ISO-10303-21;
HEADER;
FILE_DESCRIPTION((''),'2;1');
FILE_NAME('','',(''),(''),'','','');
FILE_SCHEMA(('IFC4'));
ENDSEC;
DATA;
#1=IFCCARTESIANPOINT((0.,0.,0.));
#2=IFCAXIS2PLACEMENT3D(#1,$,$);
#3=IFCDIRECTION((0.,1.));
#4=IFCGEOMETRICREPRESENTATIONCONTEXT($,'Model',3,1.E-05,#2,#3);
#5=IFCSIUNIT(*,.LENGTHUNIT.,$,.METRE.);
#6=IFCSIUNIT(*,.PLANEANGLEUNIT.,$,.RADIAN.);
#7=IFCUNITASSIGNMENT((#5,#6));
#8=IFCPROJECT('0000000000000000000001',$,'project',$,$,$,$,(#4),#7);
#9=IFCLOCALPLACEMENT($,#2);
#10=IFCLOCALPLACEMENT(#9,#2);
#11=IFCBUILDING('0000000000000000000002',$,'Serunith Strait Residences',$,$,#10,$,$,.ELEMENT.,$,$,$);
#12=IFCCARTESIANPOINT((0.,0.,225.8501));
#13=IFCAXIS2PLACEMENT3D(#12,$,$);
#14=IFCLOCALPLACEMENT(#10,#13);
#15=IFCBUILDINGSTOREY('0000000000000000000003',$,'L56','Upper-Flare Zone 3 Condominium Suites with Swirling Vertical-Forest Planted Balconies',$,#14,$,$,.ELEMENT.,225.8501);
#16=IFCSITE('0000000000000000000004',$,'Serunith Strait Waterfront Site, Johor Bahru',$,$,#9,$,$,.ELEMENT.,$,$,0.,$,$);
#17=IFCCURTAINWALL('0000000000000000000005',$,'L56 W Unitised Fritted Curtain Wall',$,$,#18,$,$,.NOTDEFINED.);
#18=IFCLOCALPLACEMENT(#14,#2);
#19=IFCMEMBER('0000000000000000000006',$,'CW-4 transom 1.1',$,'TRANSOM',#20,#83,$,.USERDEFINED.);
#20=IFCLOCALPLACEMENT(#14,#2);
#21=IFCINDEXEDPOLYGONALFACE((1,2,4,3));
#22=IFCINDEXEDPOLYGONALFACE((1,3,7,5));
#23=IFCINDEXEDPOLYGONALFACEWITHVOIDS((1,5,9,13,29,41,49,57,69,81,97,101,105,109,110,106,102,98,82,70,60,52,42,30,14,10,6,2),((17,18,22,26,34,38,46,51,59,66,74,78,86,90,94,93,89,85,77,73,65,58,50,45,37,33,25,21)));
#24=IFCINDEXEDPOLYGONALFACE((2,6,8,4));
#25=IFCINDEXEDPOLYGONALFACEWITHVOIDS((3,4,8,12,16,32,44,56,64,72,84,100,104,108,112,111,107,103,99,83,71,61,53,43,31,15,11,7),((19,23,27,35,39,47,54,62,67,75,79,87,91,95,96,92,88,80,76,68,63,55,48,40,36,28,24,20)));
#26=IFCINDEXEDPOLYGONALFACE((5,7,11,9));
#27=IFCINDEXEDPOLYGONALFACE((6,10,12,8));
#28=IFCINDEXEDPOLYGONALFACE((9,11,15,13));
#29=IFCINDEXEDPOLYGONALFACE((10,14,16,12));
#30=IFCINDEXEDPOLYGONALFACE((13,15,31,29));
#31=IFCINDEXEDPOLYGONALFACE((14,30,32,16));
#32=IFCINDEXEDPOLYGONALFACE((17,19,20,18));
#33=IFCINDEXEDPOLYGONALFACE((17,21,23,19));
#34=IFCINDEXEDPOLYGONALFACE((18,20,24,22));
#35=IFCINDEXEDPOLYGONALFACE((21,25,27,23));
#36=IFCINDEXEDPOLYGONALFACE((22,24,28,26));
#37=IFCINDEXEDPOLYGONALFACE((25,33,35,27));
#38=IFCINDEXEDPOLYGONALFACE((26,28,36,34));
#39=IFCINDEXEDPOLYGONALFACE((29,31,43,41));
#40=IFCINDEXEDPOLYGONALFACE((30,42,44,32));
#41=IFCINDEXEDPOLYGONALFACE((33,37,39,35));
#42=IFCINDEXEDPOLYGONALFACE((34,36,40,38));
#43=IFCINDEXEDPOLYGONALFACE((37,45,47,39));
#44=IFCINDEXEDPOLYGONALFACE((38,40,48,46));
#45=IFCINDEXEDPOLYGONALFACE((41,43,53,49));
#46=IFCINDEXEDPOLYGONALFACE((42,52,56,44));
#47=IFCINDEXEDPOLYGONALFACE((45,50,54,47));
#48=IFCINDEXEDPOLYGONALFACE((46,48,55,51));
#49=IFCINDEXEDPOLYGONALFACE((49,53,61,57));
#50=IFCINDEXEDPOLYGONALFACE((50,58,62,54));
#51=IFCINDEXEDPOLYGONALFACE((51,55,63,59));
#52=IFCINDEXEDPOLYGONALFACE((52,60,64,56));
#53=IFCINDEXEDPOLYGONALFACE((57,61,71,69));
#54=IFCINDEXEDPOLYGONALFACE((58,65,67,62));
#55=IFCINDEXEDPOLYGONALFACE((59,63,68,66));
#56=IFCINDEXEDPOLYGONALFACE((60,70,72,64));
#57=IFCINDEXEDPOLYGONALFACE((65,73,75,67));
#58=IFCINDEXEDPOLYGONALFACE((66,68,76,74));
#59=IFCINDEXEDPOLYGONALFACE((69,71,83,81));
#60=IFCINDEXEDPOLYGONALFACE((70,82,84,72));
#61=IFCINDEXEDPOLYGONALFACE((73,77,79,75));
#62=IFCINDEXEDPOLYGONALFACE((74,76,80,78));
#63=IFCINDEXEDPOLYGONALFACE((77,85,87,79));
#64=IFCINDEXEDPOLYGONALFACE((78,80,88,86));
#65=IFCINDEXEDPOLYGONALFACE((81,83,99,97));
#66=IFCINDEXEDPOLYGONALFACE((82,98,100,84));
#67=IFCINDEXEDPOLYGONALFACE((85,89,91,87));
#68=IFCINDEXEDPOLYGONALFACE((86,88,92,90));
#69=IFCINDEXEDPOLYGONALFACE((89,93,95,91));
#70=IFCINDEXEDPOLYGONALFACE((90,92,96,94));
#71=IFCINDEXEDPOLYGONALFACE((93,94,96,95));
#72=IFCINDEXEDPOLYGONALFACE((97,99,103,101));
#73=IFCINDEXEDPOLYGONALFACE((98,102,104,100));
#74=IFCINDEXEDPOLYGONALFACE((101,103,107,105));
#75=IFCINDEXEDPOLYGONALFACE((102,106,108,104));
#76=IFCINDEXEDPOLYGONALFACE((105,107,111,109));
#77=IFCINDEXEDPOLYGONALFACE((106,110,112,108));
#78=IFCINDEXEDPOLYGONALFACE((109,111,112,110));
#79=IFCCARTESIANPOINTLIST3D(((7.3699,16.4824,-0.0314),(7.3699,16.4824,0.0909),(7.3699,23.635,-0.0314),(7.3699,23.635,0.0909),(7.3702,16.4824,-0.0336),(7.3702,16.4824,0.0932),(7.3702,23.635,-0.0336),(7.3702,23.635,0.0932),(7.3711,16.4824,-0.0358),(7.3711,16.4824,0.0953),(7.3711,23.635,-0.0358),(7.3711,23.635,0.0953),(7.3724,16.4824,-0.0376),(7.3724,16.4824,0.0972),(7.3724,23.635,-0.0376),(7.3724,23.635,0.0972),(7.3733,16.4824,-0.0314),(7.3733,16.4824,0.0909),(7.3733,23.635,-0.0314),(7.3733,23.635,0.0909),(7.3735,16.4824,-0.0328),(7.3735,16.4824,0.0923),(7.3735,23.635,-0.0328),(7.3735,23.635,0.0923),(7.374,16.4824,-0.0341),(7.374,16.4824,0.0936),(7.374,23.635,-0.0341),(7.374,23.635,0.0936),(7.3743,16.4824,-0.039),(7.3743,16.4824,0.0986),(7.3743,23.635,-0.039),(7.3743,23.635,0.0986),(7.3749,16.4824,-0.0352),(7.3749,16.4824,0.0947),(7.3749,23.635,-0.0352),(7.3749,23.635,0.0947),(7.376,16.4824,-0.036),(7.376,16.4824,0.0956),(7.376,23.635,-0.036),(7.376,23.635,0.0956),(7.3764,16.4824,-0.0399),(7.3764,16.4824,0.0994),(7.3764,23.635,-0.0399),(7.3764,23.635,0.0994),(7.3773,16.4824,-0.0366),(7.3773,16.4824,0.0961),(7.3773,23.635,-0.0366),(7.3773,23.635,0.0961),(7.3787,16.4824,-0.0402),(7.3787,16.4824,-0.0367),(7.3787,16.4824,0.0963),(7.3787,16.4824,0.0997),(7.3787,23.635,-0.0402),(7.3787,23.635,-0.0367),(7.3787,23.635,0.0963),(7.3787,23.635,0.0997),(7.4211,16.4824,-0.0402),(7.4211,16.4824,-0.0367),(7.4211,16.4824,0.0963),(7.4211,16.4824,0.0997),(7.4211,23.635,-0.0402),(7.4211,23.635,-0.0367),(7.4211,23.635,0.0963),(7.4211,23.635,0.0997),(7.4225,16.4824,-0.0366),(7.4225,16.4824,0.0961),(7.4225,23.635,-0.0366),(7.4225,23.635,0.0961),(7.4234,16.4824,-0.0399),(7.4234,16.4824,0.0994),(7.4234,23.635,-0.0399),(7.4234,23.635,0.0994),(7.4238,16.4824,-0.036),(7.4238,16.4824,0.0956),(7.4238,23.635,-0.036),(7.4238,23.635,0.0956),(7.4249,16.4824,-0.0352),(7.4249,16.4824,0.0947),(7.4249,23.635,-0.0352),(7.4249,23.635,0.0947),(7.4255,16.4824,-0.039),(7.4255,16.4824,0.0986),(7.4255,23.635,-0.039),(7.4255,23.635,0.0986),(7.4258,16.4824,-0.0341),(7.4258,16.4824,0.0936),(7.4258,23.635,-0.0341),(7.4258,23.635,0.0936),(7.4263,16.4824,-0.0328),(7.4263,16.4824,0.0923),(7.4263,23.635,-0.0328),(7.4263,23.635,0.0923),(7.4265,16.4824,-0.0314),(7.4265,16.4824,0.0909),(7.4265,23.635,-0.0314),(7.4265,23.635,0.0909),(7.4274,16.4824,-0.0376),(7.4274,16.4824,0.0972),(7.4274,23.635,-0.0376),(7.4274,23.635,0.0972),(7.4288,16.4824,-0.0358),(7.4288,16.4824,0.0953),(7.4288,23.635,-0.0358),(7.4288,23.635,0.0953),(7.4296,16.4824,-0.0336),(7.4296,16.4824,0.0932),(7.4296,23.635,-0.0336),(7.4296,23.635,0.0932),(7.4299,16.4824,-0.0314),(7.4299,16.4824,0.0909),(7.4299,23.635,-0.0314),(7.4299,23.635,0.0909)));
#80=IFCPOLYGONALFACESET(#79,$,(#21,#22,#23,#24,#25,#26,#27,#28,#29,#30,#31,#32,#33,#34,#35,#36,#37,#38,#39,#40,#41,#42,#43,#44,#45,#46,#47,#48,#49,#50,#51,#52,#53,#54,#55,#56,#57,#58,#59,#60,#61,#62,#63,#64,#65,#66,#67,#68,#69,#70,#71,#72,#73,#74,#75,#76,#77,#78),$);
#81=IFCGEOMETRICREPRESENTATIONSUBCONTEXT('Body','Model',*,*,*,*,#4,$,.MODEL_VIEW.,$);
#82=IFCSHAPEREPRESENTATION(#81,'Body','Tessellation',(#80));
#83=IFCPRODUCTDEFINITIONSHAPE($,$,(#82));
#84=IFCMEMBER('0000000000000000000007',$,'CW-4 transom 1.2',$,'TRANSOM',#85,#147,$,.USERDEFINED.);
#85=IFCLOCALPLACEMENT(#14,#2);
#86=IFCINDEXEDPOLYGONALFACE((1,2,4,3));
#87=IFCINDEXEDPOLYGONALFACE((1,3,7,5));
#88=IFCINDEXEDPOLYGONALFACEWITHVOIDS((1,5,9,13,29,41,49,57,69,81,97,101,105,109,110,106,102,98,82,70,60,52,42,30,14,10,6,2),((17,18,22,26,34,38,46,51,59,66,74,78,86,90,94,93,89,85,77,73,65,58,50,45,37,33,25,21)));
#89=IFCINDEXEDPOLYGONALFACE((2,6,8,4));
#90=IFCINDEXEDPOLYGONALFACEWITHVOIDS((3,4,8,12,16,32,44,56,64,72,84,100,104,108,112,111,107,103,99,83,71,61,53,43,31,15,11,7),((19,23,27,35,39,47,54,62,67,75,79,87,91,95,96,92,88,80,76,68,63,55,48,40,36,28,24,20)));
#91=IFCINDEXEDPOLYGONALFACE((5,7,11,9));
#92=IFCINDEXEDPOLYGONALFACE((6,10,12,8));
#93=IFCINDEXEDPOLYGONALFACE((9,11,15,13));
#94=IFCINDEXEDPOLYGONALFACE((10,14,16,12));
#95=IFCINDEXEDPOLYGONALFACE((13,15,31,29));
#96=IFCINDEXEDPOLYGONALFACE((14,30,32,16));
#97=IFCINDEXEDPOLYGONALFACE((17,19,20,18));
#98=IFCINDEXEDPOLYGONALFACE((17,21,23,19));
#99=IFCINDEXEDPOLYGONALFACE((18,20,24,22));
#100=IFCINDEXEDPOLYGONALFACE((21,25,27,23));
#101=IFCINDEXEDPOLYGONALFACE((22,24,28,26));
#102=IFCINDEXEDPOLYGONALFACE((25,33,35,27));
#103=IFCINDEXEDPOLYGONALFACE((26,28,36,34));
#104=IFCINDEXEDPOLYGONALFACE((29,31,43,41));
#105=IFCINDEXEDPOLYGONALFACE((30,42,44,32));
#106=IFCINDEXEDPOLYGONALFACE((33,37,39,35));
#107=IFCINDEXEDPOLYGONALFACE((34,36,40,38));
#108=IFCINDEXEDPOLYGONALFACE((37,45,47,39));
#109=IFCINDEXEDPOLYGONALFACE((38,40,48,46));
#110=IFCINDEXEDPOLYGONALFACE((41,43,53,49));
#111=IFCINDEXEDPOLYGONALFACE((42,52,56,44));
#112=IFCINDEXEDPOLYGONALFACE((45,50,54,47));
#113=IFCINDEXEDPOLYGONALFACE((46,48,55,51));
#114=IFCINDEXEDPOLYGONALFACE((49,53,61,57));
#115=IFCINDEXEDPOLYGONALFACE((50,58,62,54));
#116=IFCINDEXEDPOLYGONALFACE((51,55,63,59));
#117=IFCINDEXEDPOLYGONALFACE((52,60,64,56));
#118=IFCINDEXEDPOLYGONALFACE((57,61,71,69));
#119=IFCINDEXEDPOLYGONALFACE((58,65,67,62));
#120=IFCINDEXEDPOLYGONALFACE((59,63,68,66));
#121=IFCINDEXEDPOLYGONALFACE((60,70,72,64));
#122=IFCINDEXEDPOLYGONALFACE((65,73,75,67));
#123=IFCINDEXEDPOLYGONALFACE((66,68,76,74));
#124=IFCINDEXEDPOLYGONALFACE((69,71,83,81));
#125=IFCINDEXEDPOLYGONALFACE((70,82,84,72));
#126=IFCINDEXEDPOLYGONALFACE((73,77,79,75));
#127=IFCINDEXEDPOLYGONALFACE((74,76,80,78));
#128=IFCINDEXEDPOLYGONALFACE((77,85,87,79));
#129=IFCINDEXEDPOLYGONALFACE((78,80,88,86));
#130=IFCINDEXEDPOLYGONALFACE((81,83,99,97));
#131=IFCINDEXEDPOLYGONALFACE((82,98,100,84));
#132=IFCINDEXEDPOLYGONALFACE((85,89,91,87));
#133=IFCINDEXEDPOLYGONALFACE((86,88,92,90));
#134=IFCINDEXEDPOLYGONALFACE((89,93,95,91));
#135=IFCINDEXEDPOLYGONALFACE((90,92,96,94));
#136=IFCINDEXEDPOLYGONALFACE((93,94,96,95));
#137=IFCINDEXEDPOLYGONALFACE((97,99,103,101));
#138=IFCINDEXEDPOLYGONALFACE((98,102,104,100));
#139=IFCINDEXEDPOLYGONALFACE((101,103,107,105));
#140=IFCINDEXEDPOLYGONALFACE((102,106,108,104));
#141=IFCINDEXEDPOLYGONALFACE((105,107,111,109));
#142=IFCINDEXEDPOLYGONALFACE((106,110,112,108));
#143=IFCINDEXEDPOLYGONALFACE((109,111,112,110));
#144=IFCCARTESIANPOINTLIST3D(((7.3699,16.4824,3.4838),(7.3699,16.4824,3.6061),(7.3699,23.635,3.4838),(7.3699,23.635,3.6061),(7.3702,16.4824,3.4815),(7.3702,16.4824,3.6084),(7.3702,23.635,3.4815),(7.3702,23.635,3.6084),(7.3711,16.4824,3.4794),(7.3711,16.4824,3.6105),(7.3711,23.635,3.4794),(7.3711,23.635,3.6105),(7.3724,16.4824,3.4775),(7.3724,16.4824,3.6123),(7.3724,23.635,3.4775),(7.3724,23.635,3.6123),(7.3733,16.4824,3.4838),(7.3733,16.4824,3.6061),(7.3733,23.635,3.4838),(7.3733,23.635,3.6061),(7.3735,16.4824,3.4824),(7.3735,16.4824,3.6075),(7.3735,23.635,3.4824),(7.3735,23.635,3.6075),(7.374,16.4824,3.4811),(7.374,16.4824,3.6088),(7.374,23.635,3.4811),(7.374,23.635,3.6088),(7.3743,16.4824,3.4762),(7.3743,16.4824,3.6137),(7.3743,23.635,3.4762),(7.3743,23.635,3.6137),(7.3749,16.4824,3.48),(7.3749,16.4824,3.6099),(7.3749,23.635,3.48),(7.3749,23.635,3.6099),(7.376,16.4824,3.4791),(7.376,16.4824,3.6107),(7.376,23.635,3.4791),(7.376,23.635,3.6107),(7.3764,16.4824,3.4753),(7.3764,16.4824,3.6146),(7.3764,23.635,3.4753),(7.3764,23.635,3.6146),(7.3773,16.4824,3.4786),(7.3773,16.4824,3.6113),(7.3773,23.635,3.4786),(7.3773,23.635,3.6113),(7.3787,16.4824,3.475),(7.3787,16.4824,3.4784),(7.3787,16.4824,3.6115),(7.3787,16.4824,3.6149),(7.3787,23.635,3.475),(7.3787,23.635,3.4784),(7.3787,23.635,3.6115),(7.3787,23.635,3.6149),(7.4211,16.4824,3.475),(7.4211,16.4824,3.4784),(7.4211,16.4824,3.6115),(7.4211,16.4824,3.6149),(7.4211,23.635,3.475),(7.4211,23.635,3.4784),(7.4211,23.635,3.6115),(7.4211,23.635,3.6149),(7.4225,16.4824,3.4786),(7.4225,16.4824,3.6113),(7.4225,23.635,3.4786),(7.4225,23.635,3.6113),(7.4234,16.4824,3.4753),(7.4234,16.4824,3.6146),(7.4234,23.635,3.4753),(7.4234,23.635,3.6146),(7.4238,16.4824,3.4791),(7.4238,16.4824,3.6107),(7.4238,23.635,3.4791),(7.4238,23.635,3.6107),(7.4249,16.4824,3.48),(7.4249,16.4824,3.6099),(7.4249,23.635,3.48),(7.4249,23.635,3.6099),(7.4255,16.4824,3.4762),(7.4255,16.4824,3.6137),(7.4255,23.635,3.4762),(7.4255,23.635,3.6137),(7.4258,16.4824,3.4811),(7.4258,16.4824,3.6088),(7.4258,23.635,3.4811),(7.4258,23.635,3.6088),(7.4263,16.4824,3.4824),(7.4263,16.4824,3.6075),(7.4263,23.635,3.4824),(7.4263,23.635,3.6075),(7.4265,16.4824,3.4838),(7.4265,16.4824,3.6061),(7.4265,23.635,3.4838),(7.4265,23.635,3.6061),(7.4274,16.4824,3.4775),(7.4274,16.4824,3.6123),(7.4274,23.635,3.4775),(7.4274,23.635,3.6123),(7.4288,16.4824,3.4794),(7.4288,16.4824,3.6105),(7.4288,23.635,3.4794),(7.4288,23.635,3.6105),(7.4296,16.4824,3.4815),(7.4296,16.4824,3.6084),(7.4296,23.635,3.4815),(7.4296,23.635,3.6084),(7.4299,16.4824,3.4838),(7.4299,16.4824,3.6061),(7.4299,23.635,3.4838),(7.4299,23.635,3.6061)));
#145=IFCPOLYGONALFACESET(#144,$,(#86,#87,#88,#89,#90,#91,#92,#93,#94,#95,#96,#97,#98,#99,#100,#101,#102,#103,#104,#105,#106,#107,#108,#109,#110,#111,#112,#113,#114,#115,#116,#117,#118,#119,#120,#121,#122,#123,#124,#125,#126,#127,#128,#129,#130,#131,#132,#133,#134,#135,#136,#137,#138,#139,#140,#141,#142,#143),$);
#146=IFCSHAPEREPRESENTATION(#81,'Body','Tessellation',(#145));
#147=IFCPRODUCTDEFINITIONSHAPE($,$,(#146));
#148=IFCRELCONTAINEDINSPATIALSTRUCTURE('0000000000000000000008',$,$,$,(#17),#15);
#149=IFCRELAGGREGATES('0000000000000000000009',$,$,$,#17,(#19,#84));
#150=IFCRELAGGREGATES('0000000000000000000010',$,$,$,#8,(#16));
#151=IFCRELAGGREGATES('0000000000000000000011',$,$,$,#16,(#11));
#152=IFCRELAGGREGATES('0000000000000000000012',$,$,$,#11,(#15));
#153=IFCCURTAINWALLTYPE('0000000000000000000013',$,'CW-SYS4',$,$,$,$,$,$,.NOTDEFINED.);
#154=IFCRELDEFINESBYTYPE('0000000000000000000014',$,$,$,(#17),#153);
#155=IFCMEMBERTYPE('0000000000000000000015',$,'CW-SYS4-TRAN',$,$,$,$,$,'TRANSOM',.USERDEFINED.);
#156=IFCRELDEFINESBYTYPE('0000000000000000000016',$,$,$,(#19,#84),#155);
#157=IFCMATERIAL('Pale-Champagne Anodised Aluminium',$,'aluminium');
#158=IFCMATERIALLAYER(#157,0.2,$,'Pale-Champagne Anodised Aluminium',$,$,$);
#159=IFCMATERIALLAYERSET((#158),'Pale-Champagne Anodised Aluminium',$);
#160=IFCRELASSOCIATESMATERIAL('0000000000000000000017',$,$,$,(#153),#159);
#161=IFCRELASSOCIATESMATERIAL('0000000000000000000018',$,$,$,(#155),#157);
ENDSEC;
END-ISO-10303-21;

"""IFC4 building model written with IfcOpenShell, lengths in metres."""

from ifc_helpers import new_model, si_unit, direction, frame, origin, origin_2d, place, context, subcontext, project, spatial, hollow_rectangle, extrude, source, transform, mapped, material, layer, layer_set, material_profile, profile_set, type_object, element, aggregate, save


model = new_model("IFC4")

# Units and contexts
model_context = context("Model", 3, precision=1e-05, world=origin(), true_north=direction((0.0, 1.0)))
body_context = subcontext(model_context, "Body", "Model", "MODEL_VIEW")
ifc_project = project(units=[si_unit("LENGTHUNIT", "METRE"), si_unit("PLANEANGLEUNIT", "RADIAN")], contexts=[model_context])

# Site, building, storey
site_placement = place(None, origin())
site = spatial("IfcSite", under=ifc_project, at=site_placement, Name="Serunith Strait Waterfront Site, Johor Bahru", CompositionType="ELEMENT", RefElevation=0.0)
building_placement = place(site_placement, origin())
building = spatial("IfcBuilding", under=site, at=building_placement, Name="Serunith Strait Residences", CompositionType="ELEMENT")
storey_placement = place(building_placement, frame((0.0, 0.0, 225.8501)))
storey = spatial("IfcBuildingStorey", under=building, at=storey_placement, Name="L56", Description="Upper-Flare Zone 3 Condominium Suites with Swirling Vertical-Forest Planted Balconies", CompositionType="ELEMENT", Elevation=225.8501)

# Curtain wall, members
ifc_material_1 = material(Name="Pale-Champagne Anodised Aluminium", Category="aluminium")
ifc_layer_1 = layer(ifc_material_1, 0.2, Name="Pale-Champagne Anodised Aluminium")
ifc_layer_set_1 = layer_set([ifc_layer_1], Name="Pale-Champagne Anodised Aluminium")
curtain_wall_type = type_object("IfcCurtainWallType", Name="CW-SYS4", PredefinedType="NOTDEFINED", material=ifc_layer_set_1)
curtain_wall_placement = place(storey_placement, origin())
curtain_wall = element("IfcCurtainWall", 1, at=curtain_wall_placement, inside=storey, type_object=curtain_wall_type, Name="L56 W Unitised Fritted Curtain Wall", PredefinedType="NOTDEFINED")
ifc_material_profile_1 = material_profile(ifc_material_1, hollow_rectangle(XDim=0.0601, YDim=0.1399, WallThickness=0.0034, InnerFilletRadius=0.0054, OuterFilletRadius=0.0088, at=origin_2d()), Name="ALU 140x60x3.5")
ifc_profile_set_1 = profile_set([ifc_material_profile_1], Name="Pale-Champagne Anodised Aluminium")
member_type_1 = type_object("IfcMemberType", Name="CW-SYS4-TRAN", ElementType="TRANSOM", PredefinedType="USERDEFINED", material=ifc_profile_set_1)
shared_shape_1 = source(origin(), body_context, "Body", "SweptSolid", [
    extrude(hollow_rectangle(XDim=0.0601, YDim=0.1399, WallThickness=0.0034, InnerFilletRadius=0.0054, OuterFilletRadius=0.0088, at=origin_2d()), origin(), (0.0, 0.0, 1.0), 7.1526),
])
member_1_placement = place(storey_placement, frame((7.3999, 23.635, 0.0298), z_axis=(0.0, -1.0, 0.0), x_axis=(1.0, 0.0, 0.0)))
member_1 = element("IfcMember", 2, at=member_1_placement, type_object=member_type_1, Name="CW-4 transom 1.1", ObjectType="TRANSOM", PredefinedType="USERDEFINED", context=body_context, shape_type="MappedRepresentation", body=[
    mapped(shared_shape_1, transform((0.0, 0.0, 0.0), scale=1.0)),
])
member_2_placement = place(storey_placement, frame((7.3999, 23.635, 3.5449), z_axis=(0.0, -1.0, 0.0), x_axis=(1.0, 0.0, 0.0)))
member_2 = element("IfcMember", 3, at=member_2_placement, type_object=member_type_1, Name="CW-4 transom 1.2", ObjectType="TRANSOM", PredefinedType="USERDEFINED", context=body_context, shape_type="MappedRepresentation", body=[
    mapped(shared_shape_1, transform((0.0, 0.0, 0.0), scale=1.0)),
])
aggregate(curtain_wall, [member_1, member_2])

save(model, "model.ifc")
